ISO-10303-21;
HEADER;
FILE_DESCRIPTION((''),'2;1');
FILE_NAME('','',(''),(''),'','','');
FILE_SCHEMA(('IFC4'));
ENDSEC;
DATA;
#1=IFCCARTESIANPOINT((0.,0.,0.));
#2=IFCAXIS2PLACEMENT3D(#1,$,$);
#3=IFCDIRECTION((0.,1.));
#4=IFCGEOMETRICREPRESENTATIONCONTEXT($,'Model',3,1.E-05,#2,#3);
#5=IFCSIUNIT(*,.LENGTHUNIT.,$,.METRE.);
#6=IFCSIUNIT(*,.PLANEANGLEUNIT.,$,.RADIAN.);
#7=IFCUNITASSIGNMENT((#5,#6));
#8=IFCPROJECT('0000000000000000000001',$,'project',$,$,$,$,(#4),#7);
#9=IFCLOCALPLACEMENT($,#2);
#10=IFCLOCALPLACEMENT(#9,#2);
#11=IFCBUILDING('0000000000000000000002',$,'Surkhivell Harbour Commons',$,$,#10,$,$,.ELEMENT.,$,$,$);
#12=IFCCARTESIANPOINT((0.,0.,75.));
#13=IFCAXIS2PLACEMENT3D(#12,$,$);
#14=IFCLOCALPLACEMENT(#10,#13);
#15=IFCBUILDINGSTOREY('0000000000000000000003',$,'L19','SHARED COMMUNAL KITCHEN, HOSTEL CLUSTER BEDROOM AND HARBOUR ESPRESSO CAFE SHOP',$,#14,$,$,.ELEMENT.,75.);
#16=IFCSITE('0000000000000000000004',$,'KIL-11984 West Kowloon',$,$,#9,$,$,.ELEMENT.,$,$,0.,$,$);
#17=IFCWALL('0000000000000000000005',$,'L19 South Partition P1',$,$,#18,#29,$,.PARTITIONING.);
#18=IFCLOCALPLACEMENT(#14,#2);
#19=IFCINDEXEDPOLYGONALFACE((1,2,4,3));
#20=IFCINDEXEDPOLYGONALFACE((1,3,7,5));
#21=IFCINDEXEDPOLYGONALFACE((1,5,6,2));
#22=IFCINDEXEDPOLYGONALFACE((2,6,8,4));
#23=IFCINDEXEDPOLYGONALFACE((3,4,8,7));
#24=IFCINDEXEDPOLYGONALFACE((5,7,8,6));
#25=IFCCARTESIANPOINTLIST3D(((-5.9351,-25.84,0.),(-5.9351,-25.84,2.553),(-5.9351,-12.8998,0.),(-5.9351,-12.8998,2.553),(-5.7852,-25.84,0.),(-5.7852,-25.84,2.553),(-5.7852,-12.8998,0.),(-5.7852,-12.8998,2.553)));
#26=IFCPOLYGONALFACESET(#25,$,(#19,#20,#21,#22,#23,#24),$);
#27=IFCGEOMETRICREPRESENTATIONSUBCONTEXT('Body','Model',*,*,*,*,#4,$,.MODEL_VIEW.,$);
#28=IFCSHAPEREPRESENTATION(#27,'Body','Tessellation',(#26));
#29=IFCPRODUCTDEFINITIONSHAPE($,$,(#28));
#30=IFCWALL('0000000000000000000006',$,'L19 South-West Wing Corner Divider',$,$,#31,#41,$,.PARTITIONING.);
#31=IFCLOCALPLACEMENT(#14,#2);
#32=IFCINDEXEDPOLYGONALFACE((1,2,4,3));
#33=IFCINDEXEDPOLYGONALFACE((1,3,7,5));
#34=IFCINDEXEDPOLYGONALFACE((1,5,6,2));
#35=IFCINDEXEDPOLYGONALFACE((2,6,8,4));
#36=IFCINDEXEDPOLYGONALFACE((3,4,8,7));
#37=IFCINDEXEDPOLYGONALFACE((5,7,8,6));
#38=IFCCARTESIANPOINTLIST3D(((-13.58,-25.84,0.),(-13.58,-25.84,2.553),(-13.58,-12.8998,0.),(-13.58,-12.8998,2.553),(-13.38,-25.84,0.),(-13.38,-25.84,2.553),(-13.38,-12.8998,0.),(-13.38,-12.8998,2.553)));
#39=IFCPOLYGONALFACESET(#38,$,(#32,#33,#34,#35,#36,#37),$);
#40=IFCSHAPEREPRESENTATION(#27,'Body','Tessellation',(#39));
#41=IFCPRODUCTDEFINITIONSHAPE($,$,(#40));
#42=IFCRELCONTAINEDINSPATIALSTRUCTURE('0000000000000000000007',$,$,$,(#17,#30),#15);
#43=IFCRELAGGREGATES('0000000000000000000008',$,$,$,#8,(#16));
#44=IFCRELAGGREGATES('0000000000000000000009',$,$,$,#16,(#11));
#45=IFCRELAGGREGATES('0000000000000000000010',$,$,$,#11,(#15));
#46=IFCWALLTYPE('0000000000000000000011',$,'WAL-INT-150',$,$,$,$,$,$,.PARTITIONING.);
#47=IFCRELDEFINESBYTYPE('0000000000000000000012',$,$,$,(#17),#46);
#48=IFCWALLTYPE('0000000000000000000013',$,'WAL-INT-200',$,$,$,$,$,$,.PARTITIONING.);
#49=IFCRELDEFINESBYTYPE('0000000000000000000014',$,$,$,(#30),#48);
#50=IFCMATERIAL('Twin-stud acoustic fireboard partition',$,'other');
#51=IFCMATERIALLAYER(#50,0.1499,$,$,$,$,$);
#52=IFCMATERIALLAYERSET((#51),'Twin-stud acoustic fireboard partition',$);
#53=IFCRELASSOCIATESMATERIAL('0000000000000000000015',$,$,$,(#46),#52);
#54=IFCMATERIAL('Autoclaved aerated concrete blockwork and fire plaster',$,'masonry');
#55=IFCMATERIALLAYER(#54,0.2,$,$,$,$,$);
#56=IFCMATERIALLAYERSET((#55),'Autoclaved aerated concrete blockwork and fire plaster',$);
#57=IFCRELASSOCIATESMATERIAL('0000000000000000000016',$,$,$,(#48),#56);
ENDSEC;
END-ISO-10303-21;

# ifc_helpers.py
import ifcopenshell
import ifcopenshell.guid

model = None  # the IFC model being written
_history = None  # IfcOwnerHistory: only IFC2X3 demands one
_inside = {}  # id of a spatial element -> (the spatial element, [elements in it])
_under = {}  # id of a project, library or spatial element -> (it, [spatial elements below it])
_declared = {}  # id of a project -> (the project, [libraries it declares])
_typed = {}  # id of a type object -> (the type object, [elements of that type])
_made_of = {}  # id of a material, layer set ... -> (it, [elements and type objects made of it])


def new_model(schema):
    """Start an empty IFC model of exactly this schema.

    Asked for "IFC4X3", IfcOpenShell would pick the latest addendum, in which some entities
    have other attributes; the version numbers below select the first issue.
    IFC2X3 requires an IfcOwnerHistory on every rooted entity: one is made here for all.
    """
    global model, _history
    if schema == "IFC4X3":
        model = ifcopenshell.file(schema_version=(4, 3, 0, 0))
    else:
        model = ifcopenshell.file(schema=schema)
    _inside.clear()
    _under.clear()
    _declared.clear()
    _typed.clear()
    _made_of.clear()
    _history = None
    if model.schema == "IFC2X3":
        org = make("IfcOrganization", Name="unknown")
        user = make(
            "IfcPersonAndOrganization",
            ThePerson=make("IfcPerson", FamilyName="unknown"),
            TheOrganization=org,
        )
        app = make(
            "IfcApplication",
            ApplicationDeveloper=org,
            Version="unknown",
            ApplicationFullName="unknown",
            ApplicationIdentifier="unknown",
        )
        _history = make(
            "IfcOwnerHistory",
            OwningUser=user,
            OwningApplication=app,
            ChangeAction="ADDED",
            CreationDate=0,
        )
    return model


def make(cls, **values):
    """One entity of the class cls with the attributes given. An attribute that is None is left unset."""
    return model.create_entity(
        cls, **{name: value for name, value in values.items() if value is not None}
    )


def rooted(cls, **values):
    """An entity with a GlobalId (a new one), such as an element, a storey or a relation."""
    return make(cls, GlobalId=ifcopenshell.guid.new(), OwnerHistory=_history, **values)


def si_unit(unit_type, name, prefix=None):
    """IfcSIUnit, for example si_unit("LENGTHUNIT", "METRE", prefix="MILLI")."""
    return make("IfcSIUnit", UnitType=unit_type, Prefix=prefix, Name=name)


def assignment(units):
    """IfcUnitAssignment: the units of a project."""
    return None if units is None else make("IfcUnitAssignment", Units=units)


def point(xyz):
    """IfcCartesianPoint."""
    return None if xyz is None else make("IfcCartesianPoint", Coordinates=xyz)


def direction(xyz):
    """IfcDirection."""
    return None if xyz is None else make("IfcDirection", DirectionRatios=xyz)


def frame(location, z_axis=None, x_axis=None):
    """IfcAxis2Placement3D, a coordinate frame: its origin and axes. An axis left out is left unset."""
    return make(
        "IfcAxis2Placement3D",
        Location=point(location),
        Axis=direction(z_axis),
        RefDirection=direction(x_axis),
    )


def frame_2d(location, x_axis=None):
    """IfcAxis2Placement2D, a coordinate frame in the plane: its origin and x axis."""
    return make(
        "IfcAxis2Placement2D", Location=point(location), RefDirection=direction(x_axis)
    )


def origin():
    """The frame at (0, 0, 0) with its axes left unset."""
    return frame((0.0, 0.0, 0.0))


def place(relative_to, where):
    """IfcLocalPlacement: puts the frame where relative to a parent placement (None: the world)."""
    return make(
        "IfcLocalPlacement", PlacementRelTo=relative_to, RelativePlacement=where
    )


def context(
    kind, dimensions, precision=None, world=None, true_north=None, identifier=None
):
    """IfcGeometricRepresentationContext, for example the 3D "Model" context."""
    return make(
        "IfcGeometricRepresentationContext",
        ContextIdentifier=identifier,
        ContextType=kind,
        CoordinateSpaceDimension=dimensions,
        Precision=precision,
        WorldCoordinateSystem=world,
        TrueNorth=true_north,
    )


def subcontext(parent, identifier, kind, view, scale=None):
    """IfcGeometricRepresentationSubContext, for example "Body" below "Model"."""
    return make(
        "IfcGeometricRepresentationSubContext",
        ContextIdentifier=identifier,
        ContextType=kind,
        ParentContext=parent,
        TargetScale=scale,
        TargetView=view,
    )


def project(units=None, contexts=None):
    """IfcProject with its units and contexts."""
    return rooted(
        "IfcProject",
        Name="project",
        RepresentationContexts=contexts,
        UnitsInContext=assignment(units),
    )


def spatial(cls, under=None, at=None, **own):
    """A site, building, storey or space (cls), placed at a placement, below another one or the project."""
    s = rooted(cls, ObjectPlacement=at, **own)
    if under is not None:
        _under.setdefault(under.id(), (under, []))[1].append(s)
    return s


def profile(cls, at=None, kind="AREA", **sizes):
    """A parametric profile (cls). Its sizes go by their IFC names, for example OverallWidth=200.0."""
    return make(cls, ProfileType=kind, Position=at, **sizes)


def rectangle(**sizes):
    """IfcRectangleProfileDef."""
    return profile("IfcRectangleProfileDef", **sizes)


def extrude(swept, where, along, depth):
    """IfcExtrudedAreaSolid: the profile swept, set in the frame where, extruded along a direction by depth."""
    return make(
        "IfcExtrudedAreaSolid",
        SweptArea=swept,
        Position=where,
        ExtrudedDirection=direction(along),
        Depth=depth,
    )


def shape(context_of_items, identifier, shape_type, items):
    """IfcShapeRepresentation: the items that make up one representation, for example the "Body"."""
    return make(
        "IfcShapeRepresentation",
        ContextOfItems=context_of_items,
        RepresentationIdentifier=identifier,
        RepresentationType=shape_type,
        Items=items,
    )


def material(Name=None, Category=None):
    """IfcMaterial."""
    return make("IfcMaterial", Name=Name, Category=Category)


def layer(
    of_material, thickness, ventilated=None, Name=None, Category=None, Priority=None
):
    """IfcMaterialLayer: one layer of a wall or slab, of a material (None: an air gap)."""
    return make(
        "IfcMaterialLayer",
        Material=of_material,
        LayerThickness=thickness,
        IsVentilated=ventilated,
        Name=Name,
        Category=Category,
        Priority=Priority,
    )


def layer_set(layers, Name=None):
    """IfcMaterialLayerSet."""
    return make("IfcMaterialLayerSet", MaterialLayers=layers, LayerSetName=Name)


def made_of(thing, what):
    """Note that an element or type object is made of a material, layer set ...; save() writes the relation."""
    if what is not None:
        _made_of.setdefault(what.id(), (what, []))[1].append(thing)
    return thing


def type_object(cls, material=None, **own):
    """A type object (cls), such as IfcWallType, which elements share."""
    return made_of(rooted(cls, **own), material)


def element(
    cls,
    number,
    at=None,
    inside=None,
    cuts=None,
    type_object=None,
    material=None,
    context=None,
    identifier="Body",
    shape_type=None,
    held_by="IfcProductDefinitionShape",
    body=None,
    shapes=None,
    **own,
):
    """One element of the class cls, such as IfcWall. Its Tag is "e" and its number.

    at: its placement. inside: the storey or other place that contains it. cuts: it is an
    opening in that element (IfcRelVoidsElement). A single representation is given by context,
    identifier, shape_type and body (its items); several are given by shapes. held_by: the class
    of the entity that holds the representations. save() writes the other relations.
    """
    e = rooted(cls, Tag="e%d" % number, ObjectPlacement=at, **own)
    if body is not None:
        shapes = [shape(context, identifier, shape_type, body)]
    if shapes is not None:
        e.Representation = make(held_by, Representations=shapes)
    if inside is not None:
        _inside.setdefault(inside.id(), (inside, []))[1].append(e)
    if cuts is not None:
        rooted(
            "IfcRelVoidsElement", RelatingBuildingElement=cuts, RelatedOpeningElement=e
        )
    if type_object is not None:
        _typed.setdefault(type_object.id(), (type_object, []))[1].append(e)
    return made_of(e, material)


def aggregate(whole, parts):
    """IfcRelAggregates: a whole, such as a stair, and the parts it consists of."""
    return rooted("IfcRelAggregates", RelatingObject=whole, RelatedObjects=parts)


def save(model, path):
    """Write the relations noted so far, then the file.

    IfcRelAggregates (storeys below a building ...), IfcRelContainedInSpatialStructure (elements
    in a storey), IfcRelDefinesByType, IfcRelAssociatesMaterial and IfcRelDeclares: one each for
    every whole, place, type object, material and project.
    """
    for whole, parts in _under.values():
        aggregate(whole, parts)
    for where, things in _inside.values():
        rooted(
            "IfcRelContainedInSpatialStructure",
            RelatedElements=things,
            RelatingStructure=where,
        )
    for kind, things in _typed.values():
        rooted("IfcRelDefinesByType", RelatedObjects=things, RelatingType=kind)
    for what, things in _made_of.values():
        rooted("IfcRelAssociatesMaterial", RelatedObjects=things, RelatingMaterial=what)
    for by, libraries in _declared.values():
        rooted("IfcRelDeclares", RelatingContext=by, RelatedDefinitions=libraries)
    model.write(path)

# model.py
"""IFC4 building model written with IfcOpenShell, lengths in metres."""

from ifc_helpers import new_model, si_unit, direction, frame, frame_2d, origin, place, context, subcontext, project, spatial, rectangle, extrude, material, layer, layer_set, type_object, element, save


model = new_model("IFC4")

# Units and contexts
model_context = context("Model", 3, precision=1e-05, world=origin(), true_north=direction((0.0, 1.0)))
body_context = subcontext(model_context, "Body", "Model", "MODEL_VIEW")
ifc_project = project(units=[si_unit("LENGTHUNIT", "METRE"), si_unit("PLANEANGLEUNIT", "RADIAN")], contexts=[model_context])

# Site, building, storey
site_placement = place(None, origin())
site = spatial("IfcSite", under=ifc_project, at=site_placement, Name="KIL-11984 West Kowloon", CompositionType="ELEMENT", RefElevation=0.0)
building_placement = place(site_placement, origin())
building = spatial("IfcBuilding", under=site, at=building_placement, Name="Surkhivell Harbour Commons", CompositionType="ELEMENT")
storey_placement = place(building_placement, frame((0.0, 0.0, 75.0)))
storey = spatial("IfcBuildingStorey", under=building, at=storey_placement, Name="L19", Description="SHARED COMMUNAL KITCHEN, HOSTEL CLUSTER BEDROOM AND HARBOUR ESPRESSO CAFE SHOP", CompositionType="ELEMENT", Elevation=75.0)

# Walls
ifc_material_1 = material(Name="Twin-stud acoustic fireboard partition", Category="other")
ifc_layer_1 = layer(ifc_material_1, 0.1499)
ifc_layer_set_1 = layer_set([ifc_layer_1], Name="Twin-stud acoustic fireboard partition")
wall_type_1 = type_object("IfcWallType", Name="WAL-INT-150", PredefinedType="PARTITIONING", material=ifc_layer_set_1)
wall_1_placement = place(storey_placement, frame((-5.8601, -25.8401, 0.0), z_axis=(0.0, 0.0, 1.0), x_axis=(0.0, 1.0, 0.0)))
element("IfcWall", 1, at=wall_1_placement, inside=storey, type_object=wall_type_1, Name="L19 South Partition P1", PredefinedType="PARTITIONING", context=body_context, shape_type="SweptSolid", body=[
    extrude(rectangle(XDim=12.9402, YDim=0.1499, at=frame_2d((6.4702, 0.0))), origin(), (0.0, 0.0, 1.0), 2.553),
])
ifc_material_2 = material(Name="Autoclaved aerated concrete blockwork and fire plaster", Category="masonry")
ifc_layer_2 = layer(ifc_material_2, 0.2)
ifc_layer_set_2 = layer_set([ifc_layer_2], Name="Autoclaved aerated concrete blockwork and fire plaster")
wall_type_2 = type_object("IfcWallType", Name="WAL-INT-200", PredefinedType="PARTITIONING", material=ifc_layer_set_2)
wall_2_placement = place(storey_placement, frame((-13.48, -25.8401, 0.0), z_axis=(0.0, 0.0, 1.0), x_axis=(0.0, 1.0, 0.0)))
element("IfcWall", 2, at=wall_2_placement, inside=storey, type_object=wall_type_2, Name="L19 South-West Wing Corner Divider", PredefinedType="PARTITIONING", context=body_context, shape_type="SweptSolid", body=[
    extrude(rectangle(XDim=12.9402, YDim=0.2, at=frame_2d((6.4702, 0.0))), origin(), (0.0, 0.0, 1.0), 2.553),
])

save(model, "model.ifc")
